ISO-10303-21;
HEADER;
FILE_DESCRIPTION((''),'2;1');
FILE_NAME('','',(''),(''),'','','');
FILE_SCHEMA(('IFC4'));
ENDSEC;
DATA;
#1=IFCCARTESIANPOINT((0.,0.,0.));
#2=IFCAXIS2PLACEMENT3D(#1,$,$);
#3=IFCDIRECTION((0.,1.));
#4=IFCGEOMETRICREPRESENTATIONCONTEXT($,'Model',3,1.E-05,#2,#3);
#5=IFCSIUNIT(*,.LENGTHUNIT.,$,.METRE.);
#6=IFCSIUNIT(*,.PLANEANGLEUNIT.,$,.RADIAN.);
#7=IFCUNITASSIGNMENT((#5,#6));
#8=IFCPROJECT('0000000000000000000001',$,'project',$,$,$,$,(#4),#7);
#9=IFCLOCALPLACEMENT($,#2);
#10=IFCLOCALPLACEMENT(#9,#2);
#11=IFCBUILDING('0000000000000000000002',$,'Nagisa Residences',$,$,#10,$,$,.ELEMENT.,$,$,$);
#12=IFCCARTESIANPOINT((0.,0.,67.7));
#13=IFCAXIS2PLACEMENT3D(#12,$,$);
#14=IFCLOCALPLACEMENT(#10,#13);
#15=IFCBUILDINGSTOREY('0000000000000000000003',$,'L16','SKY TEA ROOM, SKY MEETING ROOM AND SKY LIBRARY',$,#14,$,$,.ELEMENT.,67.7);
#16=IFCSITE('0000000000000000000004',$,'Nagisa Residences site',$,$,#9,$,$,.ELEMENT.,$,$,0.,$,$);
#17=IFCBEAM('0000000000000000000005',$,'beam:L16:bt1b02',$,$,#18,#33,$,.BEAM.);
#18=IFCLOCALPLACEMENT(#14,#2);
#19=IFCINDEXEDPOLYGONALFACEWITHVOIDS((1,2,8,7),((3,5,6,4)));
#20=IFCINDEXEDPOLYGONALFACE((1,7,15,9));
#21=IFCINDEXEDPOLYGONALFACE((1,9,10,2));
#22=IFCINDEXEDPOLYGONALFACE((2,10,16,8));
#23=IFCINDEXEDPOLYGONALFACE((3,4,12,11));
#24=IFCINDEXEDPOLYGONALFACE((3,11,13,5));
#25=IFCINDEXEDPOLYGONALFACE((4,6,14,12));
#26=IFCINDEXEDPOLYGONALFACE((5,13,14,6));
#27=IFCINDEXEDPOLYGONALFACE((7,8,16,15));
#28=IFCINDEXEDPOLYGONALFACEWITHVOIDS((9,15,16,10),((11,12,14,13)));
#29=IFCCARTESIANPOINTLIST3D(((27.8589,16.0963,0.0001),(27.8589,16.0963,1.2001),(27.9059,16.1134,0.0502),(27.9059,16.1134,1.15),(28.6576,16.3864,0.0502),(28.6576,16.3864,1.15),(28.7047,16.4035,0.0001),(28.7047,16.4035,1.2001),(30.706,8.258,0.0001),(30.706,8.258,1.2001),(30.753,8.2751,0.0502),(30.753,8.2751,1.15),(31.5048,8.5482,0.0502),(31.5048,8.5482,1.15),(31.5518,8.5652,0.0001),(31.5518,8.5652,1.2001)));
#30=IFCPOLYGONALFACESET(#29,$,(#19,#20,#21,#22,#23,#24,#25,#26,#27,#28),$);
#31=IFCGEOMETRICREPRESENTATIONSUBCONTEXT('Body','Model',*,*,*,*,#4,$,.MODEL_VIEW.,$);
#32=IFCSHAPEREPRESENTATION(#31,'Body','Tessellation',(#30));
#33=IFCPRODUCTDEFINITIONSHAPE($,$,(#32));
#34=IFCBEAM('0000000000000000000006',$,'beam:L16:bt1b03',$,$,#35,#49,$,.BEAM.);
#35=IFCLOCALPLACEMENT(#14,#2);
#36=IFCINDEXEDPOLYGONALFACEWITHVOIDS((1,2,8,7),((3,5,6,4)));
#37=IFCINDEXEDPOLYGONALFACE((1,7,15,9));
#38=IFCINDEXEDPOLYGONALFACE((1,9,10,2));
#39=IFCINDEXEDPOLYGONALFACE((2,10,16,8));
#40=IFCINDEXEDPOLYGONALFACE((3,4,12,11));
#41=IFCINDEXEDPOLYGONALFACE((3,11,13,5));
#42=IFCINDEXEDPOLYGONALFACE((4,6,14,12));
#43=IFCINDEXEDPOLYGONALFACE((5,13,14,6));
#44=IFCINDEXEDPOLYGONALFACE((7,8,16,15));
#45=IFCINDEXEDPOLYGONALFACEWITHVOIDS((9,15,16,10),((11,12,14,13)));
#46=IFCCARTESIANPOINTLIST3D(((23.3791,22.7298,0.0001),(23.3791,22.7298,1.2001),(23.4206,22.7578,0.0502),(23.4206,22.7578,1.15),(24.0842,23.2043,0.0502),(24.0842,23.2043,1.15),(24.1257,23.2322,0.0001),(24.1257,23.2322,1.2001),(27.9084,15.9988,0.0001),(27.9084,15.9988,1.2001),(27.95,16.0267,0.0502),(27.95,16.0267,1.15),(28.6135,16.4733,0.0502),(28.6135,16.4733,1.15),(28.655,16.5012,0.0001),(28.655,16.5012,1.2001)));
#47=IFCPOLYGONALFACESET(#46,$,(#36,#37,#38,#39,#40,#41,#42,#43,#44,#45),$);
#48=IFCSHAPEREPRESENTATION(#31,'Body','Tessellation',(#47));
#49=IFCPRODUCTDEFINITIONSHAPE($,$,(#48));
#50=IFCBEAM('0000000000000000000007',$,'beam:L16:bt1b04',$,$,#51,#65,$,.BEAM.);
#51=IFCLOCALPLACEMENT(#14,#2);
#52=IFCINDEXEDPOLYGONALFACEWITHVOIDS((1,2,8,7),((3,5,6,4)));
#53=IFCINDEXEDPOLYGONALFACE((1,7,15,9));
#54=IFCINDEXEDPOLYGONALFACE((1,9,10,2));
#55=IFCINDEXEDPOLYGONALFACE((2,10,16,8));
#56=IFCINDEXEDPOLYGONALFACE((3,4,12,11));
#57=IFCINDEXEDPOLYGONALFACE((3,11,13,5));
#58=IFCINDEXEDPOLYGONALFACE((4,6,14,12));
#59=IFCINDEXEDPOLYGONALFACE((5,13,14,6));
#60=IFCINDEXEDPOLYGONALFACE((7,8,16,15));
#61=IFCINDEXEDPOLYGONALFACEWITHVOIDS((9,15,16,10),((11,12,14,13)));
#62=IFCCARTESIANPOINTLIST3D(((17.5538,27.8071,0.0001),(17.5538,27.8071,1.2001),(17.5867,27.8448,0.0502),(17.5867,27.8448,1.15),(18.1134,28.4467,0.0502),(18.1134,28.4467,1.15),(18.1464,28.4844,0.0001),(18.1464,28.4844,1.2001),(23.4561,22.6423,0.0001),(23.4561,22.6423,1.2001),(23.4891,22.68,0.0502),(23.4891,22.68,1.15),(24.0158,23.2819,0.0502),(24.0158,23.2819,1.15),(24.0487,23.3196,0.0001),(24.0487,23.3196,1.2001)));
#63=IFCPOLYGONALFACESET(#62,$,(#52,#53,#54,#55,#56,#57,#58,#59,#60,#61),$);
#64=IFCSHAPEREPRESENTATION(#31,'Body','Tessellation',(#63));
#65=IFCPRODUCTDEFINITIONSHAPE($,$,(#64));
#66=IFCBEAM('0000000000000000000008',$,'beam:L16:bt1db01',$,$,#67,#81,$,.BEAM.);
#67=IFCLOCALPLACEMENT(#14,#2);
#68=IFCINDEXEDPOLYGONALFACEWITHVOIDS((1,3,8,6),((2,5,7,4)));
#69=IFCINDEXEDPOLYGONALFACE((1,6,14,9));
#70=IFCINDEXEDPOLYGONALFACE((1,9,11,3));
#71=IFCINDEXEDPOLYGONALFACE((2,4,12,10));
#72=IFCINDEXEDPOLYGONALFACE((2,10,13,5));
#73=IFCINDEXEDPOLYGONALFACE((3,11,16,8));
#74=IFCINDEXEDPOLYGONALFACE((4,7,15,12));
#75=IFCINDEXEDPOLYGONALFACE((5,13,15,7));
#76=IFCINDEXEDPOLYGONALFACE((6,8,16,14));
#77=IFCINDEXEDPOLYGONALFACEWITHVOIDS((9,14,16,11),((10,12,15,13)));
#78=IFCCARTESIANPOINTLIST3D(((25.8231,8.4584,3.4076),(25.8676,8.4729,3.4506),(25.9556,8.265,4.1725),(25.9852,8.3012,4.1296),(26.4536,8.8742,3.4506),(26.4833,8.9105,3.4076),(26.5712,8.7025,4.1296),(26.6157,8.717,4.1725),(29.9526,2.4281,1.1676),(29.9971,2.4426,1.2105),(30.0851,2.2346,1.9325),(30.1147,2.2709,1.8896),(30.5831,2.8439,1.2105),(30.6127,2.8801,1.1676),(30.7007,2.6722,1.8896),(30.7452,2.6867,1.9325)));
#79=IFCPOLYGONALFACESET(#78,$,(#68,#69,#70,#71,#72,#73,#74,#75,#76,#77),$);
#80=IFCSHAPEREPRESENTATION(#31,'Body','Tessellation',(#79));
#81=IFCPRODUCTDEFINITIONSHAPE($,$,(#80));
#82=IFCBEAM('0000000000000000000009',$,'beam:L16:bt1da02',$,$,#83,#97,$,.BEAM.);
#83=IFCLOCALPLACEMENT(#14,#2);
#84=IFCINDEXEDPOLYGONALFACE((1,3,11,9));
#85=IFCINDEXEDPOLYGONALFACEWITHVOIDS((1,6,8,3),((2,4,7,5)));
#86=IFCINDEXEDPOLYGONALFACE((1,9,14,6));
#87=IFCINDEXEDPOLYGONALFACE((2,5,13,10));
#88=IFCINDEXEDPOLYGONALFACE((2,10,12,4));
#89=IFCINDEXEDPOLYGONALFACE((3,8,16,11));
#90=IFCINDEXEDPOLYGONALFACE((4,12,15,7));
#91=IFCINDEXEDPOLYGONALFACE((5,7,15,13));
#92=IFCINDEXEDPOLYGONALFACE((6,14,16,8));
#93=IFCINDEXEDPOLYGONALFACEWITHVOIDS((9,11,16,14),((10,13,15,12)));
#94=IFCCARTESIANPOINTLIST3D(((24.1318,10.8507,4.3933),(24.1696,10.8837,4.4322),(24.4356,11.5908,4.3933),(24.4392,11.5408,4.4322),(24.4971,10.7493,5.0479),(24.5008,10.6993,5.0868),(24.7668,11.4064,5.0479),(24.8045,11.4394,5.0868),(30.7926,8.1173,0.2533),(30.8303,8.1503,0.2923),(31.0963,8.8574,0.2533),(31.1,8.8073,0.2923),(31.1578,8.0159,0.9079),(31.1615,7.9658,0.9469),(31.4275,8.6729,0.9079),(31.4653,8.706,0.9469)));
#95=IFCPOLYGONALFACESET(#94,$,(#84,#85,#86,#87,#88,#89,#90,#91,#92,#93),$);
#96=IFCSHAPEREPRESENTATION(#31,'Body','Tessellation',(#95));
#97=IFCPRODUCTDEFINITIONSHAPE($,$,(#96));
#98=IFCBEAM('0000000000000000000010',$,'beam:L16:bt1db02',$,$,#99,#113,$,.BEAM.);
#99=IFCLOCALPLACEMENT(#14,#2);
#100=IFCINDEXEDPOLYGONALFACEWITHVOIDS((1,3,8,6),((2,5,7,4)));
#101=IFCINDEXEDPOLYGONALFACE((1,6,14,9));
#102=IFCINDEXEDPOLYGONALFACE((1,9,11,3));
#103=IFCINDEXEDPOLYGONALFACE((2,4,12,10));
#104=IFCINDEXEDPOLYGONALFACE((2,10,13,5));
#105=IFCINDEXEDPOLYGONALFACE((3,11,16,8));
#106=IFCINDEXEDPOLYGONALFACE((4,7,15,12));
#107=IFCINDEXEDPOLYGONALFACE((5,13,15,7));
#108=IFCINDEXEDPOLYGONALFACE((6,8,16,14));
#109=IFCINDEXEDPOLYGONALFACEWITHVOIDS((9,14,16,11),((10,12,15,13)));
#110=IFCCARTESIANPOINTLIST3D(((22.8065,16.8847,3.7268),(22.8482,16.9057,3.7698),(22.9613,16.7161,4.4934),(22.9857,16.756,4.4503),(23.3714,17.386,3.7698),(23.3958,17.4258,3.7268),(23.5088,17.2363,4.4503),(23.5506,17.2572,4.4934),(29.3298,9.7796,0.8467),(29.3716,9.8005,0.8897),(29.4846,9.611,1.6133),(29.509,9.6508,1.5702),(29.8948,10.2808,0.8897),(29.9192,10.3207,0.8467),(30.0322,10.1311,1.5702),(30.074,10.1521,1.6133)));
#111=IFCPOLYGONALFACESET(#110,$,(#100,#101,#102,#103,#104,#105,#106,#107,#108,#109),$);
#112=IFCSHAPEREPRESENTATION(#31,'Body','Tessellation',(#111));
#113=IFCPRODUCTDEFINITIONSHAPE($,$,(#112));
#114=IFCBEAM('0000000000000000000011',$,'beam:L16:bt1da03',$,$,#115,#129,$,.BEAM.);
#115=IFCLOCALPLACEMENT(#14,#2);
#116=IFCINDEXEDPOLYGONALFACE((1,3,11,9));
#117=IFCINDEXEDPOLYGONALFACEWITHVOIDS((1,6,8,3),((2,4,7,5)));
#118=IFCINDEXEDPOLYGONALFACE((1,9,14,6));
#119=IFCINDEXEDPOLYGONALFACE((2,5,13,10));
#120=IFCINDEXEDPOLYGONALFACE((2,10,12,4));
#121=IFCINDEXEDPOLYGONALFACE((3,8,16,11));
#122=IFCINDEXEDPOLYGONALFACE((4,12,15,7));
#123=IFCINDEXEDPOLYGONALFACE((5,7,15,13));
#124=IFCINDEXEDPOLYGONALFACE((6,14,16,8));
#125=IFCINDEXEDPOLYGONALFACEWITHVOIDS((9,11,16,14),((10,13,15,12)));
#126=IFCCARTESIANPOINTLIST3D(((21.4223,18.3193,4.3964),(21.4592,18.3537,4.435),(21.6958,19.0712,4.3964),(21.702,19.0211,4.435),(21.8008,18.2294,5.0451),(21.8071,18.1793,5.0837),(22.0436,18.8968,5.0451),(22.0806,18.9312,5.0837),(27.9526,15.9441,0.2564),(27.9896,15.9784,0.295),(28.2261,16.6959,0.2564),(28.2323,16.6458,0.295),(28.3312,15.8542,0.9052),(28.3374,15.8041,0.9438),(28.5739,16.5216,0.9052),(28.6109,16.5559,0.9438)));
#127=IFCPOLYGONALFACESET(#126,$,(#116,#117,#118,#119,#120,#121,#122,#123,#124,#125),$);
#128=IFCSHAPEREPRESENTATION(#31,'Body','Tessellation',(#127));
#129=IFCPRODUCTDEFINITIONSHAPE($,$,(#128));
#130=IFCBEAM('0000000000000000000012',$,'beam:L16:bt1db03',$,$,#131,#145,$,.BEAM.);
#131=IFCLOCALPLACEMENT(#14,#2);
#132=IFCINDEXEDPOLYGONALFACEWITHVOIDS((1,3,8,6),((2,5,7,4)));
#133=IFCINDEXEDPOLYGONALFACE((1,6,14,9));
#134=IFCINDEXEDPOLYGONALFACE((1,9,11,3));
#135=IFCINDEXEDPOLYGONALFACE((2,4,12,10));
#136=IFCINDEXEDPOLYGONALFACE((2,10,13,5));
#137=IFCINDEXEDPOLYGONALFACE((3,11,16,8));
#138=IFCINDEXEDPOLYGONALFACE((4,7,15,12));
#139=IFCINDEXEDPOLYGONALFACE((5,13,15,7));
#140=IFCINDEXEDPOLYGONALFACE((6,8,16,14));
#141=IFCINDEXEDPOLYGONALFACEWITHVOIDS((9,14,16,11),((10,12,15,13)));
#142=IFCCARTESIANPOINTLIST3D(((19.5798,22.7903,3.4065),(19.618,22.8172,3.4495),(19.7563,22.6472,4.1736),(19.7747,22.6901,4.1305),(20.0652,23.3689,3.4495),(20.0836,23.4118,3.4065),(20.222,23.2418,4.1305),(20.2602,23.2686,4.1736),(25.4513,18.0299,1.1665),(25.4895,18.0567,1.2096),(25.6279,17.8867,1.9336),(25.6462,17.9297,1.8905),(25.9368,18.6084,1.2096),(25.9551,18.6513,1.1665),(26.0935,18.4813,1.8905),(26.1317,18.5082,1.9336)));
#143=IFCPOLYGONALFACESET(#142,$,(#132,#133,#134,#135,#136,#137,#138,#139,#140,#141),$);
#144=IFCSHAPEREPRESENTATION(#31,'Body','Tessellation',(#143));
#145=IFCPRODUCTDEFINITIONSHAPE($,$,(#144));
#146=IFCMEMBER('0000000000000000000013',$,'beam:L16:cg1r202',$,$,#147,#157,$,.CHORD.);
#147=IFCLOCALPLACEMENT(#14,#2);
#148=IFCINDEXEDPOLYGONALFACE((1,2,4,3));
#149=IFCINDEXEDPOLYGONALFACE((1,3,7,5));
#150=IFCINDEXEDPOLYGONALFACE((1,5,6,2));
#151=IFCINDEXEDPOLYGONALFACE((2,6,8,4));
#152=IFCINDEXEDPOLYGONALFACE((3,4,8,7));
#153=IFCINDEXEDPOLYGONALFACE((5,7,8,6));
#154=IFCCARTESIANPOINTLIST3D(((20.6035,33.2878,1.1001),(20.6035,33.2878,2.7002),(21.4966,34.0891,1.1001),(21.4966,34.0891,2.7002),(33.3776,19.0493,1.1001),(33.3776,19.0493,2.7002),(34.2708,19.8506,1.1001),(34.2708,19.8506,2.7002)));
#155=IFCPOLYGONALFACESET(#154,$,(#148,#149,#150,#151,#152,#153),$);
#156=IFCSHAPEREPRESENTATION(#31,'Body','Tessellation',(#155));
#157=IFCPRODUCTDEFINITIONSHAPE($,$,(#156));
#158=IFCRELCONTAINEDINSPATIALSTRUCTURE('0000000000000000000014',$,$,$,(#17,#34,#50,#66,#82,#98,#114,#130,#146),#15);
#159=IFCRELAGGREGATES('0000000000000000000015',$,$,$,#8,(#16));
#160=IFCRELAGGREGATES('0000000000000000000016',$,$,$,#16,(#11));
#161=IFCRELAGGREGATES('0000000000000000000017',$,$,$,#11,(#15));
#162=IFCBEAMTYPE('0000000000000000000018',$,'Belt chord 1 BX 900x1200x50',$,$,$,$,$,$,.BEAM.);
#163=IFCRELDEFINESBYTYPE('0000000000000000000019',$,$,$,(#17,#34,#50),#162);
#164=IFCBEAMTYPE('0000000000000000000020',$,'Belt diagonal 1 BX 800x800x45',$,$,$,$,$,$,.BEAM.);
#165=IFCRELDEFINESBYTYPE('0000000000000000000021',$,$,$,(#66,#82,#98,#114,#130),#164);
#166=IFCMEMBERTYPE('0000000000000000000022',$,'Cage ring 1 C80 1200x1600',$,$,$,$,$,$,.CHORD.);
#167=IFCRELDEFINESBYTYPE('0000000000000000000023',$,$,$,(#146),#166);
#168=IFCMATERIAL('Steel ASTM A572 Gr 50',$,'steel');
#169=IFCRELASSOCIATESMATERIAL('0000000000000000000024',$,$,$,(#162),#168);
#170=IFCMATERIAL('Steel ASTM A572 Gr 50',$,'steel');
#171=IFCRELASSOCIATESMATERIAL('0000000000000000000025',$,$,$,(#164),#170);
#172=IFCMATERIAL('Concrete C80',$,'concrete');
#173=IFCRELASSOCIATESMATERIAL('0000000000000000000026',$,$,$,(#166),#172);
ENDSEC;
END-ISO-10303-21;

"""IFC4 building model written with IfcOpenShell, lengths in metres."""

from ifc_helpers import new_model, si_unit, direction, frame, origin, origin_2d, place, context, subcontext, project, spatial, rectangle, hollow_rectangle, extrude, material, material_profile, profile_set, type_object, element, save


model = new_model("IFC4")

# Units and contexts
model_context = context("Model", 3, precision=1e-05, world=origin(), true_north=direction((0.0, 1.0)))
body_context = subcontext(model_context, "Body", "Model", "MODEL_VIEW")
ifc_project = project(units=[si_unit("LENGTHUNIT", "METRE"), si_unit("PLANEANGLEUNIT", "RADIAN")], contexts=[model_context])

# Site, building, storey
site_placement = place(None, origin())
site = spatial("IfcSite", under=ifc_project, at=site_placement, Name="Nagisa Residences site", CompositionType="ELEMENT", RefElevation=0.0)
building_placement = place(site_placement, origin())
building = spatial("IfcBuilding", under=site, at=building_placement, Name="Nagisa Residences", CompositionType="ELEMENT")
storey_placement = place(building_placement, frame((0.0, 0.0, 67.7)))
storey = spatial("IfcBuildingStorey", under=building, at=storey_placement, Name="L16", Description="SKY TEA ROOM, SKY MEETING ROOM AND SKY LIBRARY", CompositionType="ELEMENT", Elevation=67.7)

# Beams
ifc_material_1 = material(Name="Steel ASTM A572 Gr 50", Category="steel")
ifc_material_profile_1 = material_profile(ifc_material_1, hollow_rectangle(XDim=0.8999, YDim=1.2, WallThickness=0.05, at=origin_2d()), Name="BX 900x1200x50")
ifc_profile_set_1 = profile_set([ifc_material_profile_1], Name="Steel ASTM A572 Gr 50")
beam_type_1 = type_object("IfcBeamType", Name="Belt chord 1 BX 900x1200x50", PredefinedType="BEAM", material=ifc_profile_set_1)
beam_1_placement = place(storey_placement, frame((31.1289, 8.4116, 0.6001), z_axis=(-0.341409, 0.939915, 0.0), x_axis=(-0.939915, -0.341409, 0.0)))
element("IfcBeam", 1, at=beam_1_placement, inside=storey, type_object=beam_type_1, Name="beam:L16:bt1b02", PredefinedType="BEAM", context=body_context, shape_type="SweptSolid", body=[
    extrude(hollow_rectangle(XDim=0.8999, YDim=1.2, WallThickness=0.05, at=origin_2d()), origin(), (0.0, 0.0, 1.0), 8.3394),
])
beam_2_placement = place(storey_placement, frame((28.2817, 16.25, 0.6001), z_axis=(-0.558278, 0.829654, 0.0), x_axis=(-0.829654, -0.558278, 0.0)))
element("IfcBeam", 2, at=beam_2_placement, inside=storey, type_object=beam_type_1, Name="beam:L16:bt1b03", PredefinedType="BEAM", context=body_context, shape_type="SweptSolid", body=[
    extrude(hollow_rectangle(XDim=0.8999, YDim=1.2, WallThickness=0.05, at=origin_2d()), origin(), (0.0, 0.0, 1.0), 8.113),
])
beam_3_placement = place(storey_placement, frame((23.7524, 22.981, 0.6001), z_axis=(-0.752561, 0.658522, 0.0), x_axis=(-0.658522, -0.752561, 0.0)))
element("IfcBeam", 3, at=beam_3_placement, inside=storey, type_object=beam_type_1, Name="beam:L16:bt1b04", PredefinedType="BEAM", context=body_context, shape_type="SweptSolid", body=[
    extrude(hollow_rectangle(XDim=0.8999, YDim=1.2, WallThickness=0.05, at=origin_2d()), origin(), (0.0, 0.0, 1.0), 7.843),
])
ifc_material_2 = material(Name="Steel ASTM A572 Gr 50", Category="steel")
ifc_material_profile_2 = material_profile(ifc_material_2, hollow_rectangle(XDim=0.8, YDim=0.8, WallThickness=0.0449, at=origin_2d()), Name="BX 800x800x45")
ifc_profile_set_2 = profile_set([ifc_material_profile_2], Name="Steel ASTM A572 Gr 50")
beam_type_2 = type_object("IfcBeamType", Name="Belt diagonal 1 BX 800x800x45", PredefinedType="BEAM", material=ifc_profile_set_2)
beam_4_placement = place(storey_placement, frame((30.3489, 2.5574, 1.55), z_axis=(-0.5402, 0.78887, 0.293032), x_axis=(-0.825089, -0.565002, 0.0)))
element("IfcBeam", 4, at=beam_4_placement, inside=storey, type_object=beam_type_2, Name="beam:L16:bt1db01", PredefinedType="BEAM", context=body_context, shape_type="SweptSolid", body=[
    extrude(hollow_rectangle(XDim=0.8, YDim=0.8, WallThickness=0.0449, at=origin_2d()), origin(), (0.0, 0.0, 1.0), 7.6443),
])
beam_5_placement = place(storey_placement, frame((31.1289, 8.4116, 0.6001), z_axis=(-0.801996, 0.329124, 0.498477), x_axis=(-0.379655, -0.925128, 0.0)))
element("IfcBeam", 5, at=beam_5_placement, inside=storey, type_object=beam_type_2, Name="beam:L16:bt1da02", PredefinedType="BEAM", context=body_context, shape_type="SweptSolid", body=[
    extrude(hollow_rectangle(XDim=0.8, YDim=0.8, WallThickness=0.0449, at=origin_2d()), origin(), (0.0, 0.0, 1.0), 8.3052),
])
beam_6_placement = place(storey_placement, frame((29.7019, 9.9658, 1.23), z_axis=(-0.648034, 0.705828, 0.28611), x_axis=(-0.736621, -0.676306, 0.0)))
element("IfcBeam", 6, at=beam_6_placement, inside=storey, type_object=beam_type_2, Name="beam:L16:bt1db02", PredefinedType="BEAM", context=body_context, shape_type="SweptSolid", body=[
    extrude(hollow_rectangle(XDim=0.8, YDim=0.8, WallThickness=0.0449, at=origin_2d()), origin(), (0.0, 0.0, 1.0), 10.0664),
])
beam_7_placement = place(storey_placement, frame((28.2817, 16.25, 0.6001), z_axis=(-0.807346, 0.293654, 0.51182), x_axis=(-0.341819, -0.939766, 0.0)))
element("IfcBeam", 7, at=beam_7_placement, inside=storey, type_object=beam_type_2, Name="beam:L16:bt1da03", PredefinedType="BEAM", context=body_context, shape_type="SweptSolid", body=[
    extrude(hollow_rectangle(XDim=0.8, YDim=0.8, WallThickness=0.0449, at=origin_2d()), origin(), (0.0, 0.0, 1.0), 8.0886),
])
beam_8_placement = place(storey_placement, frame((25.7915, 18.269, 1.55), z_axis=(-0.744759, 0.603828, 0.284123), x_axis=(-0.629782, -0.776772, 0.0)))
element("IfcBeam", 8, at=beam_8_placement, inside=storey, type_object=beam_type_2, Name="beam:L16:bt1db03", PredefinedType="BEAM", context=body_context, shape_type="SweptSolid", body=[
    extrude(hollow_rectangle(XDim=0.8, YDim=0.8, WallThickness=0.0449, at=origin_2d()), origin(), (0.0, 0.0, 1.0), 7.8838),
])

# Member
ifc_material_3 = material(Name="Concrete C80", Category="concrete")
ifc_material_profile_3 = material_profile(ifc_material_3, rectangle(XDim=1.2, YDim=1.6001, at=origin_2d()), Name="C80 1200x1600")
ifc_profile_set_3 = profile_set([ifc_material_profile_3], Name="Concrete C80")
member_type_1 = type_object("IfcMemberType", Name="Cage ring 1 C80 1200x1600", PredefinedType="CHORD", material=ifc_profile_set_3)
member_1_placement = place(storey_placement, frame((33.8242, 19.45, 1.9001), z_axis=(-0.667794, 0.744346, 0.0), x_axis=(-0.744346, -0.667794, 0.0)))
element("IfcMember", 9, at=member_1_placement, inside=storey, type_object=member_type_1, Name="beam:L16:cg1r202", PredefinedType="CHORD", context=body_context, shape_type="SweptSolid", body=[
    extrude(rectangle(XDim=1.2, YDim=1.6001, at=origin_2d()), origin(), (0.0, 0.0, 1.0), 19.1289),
])

save(model, "model.ifc")
